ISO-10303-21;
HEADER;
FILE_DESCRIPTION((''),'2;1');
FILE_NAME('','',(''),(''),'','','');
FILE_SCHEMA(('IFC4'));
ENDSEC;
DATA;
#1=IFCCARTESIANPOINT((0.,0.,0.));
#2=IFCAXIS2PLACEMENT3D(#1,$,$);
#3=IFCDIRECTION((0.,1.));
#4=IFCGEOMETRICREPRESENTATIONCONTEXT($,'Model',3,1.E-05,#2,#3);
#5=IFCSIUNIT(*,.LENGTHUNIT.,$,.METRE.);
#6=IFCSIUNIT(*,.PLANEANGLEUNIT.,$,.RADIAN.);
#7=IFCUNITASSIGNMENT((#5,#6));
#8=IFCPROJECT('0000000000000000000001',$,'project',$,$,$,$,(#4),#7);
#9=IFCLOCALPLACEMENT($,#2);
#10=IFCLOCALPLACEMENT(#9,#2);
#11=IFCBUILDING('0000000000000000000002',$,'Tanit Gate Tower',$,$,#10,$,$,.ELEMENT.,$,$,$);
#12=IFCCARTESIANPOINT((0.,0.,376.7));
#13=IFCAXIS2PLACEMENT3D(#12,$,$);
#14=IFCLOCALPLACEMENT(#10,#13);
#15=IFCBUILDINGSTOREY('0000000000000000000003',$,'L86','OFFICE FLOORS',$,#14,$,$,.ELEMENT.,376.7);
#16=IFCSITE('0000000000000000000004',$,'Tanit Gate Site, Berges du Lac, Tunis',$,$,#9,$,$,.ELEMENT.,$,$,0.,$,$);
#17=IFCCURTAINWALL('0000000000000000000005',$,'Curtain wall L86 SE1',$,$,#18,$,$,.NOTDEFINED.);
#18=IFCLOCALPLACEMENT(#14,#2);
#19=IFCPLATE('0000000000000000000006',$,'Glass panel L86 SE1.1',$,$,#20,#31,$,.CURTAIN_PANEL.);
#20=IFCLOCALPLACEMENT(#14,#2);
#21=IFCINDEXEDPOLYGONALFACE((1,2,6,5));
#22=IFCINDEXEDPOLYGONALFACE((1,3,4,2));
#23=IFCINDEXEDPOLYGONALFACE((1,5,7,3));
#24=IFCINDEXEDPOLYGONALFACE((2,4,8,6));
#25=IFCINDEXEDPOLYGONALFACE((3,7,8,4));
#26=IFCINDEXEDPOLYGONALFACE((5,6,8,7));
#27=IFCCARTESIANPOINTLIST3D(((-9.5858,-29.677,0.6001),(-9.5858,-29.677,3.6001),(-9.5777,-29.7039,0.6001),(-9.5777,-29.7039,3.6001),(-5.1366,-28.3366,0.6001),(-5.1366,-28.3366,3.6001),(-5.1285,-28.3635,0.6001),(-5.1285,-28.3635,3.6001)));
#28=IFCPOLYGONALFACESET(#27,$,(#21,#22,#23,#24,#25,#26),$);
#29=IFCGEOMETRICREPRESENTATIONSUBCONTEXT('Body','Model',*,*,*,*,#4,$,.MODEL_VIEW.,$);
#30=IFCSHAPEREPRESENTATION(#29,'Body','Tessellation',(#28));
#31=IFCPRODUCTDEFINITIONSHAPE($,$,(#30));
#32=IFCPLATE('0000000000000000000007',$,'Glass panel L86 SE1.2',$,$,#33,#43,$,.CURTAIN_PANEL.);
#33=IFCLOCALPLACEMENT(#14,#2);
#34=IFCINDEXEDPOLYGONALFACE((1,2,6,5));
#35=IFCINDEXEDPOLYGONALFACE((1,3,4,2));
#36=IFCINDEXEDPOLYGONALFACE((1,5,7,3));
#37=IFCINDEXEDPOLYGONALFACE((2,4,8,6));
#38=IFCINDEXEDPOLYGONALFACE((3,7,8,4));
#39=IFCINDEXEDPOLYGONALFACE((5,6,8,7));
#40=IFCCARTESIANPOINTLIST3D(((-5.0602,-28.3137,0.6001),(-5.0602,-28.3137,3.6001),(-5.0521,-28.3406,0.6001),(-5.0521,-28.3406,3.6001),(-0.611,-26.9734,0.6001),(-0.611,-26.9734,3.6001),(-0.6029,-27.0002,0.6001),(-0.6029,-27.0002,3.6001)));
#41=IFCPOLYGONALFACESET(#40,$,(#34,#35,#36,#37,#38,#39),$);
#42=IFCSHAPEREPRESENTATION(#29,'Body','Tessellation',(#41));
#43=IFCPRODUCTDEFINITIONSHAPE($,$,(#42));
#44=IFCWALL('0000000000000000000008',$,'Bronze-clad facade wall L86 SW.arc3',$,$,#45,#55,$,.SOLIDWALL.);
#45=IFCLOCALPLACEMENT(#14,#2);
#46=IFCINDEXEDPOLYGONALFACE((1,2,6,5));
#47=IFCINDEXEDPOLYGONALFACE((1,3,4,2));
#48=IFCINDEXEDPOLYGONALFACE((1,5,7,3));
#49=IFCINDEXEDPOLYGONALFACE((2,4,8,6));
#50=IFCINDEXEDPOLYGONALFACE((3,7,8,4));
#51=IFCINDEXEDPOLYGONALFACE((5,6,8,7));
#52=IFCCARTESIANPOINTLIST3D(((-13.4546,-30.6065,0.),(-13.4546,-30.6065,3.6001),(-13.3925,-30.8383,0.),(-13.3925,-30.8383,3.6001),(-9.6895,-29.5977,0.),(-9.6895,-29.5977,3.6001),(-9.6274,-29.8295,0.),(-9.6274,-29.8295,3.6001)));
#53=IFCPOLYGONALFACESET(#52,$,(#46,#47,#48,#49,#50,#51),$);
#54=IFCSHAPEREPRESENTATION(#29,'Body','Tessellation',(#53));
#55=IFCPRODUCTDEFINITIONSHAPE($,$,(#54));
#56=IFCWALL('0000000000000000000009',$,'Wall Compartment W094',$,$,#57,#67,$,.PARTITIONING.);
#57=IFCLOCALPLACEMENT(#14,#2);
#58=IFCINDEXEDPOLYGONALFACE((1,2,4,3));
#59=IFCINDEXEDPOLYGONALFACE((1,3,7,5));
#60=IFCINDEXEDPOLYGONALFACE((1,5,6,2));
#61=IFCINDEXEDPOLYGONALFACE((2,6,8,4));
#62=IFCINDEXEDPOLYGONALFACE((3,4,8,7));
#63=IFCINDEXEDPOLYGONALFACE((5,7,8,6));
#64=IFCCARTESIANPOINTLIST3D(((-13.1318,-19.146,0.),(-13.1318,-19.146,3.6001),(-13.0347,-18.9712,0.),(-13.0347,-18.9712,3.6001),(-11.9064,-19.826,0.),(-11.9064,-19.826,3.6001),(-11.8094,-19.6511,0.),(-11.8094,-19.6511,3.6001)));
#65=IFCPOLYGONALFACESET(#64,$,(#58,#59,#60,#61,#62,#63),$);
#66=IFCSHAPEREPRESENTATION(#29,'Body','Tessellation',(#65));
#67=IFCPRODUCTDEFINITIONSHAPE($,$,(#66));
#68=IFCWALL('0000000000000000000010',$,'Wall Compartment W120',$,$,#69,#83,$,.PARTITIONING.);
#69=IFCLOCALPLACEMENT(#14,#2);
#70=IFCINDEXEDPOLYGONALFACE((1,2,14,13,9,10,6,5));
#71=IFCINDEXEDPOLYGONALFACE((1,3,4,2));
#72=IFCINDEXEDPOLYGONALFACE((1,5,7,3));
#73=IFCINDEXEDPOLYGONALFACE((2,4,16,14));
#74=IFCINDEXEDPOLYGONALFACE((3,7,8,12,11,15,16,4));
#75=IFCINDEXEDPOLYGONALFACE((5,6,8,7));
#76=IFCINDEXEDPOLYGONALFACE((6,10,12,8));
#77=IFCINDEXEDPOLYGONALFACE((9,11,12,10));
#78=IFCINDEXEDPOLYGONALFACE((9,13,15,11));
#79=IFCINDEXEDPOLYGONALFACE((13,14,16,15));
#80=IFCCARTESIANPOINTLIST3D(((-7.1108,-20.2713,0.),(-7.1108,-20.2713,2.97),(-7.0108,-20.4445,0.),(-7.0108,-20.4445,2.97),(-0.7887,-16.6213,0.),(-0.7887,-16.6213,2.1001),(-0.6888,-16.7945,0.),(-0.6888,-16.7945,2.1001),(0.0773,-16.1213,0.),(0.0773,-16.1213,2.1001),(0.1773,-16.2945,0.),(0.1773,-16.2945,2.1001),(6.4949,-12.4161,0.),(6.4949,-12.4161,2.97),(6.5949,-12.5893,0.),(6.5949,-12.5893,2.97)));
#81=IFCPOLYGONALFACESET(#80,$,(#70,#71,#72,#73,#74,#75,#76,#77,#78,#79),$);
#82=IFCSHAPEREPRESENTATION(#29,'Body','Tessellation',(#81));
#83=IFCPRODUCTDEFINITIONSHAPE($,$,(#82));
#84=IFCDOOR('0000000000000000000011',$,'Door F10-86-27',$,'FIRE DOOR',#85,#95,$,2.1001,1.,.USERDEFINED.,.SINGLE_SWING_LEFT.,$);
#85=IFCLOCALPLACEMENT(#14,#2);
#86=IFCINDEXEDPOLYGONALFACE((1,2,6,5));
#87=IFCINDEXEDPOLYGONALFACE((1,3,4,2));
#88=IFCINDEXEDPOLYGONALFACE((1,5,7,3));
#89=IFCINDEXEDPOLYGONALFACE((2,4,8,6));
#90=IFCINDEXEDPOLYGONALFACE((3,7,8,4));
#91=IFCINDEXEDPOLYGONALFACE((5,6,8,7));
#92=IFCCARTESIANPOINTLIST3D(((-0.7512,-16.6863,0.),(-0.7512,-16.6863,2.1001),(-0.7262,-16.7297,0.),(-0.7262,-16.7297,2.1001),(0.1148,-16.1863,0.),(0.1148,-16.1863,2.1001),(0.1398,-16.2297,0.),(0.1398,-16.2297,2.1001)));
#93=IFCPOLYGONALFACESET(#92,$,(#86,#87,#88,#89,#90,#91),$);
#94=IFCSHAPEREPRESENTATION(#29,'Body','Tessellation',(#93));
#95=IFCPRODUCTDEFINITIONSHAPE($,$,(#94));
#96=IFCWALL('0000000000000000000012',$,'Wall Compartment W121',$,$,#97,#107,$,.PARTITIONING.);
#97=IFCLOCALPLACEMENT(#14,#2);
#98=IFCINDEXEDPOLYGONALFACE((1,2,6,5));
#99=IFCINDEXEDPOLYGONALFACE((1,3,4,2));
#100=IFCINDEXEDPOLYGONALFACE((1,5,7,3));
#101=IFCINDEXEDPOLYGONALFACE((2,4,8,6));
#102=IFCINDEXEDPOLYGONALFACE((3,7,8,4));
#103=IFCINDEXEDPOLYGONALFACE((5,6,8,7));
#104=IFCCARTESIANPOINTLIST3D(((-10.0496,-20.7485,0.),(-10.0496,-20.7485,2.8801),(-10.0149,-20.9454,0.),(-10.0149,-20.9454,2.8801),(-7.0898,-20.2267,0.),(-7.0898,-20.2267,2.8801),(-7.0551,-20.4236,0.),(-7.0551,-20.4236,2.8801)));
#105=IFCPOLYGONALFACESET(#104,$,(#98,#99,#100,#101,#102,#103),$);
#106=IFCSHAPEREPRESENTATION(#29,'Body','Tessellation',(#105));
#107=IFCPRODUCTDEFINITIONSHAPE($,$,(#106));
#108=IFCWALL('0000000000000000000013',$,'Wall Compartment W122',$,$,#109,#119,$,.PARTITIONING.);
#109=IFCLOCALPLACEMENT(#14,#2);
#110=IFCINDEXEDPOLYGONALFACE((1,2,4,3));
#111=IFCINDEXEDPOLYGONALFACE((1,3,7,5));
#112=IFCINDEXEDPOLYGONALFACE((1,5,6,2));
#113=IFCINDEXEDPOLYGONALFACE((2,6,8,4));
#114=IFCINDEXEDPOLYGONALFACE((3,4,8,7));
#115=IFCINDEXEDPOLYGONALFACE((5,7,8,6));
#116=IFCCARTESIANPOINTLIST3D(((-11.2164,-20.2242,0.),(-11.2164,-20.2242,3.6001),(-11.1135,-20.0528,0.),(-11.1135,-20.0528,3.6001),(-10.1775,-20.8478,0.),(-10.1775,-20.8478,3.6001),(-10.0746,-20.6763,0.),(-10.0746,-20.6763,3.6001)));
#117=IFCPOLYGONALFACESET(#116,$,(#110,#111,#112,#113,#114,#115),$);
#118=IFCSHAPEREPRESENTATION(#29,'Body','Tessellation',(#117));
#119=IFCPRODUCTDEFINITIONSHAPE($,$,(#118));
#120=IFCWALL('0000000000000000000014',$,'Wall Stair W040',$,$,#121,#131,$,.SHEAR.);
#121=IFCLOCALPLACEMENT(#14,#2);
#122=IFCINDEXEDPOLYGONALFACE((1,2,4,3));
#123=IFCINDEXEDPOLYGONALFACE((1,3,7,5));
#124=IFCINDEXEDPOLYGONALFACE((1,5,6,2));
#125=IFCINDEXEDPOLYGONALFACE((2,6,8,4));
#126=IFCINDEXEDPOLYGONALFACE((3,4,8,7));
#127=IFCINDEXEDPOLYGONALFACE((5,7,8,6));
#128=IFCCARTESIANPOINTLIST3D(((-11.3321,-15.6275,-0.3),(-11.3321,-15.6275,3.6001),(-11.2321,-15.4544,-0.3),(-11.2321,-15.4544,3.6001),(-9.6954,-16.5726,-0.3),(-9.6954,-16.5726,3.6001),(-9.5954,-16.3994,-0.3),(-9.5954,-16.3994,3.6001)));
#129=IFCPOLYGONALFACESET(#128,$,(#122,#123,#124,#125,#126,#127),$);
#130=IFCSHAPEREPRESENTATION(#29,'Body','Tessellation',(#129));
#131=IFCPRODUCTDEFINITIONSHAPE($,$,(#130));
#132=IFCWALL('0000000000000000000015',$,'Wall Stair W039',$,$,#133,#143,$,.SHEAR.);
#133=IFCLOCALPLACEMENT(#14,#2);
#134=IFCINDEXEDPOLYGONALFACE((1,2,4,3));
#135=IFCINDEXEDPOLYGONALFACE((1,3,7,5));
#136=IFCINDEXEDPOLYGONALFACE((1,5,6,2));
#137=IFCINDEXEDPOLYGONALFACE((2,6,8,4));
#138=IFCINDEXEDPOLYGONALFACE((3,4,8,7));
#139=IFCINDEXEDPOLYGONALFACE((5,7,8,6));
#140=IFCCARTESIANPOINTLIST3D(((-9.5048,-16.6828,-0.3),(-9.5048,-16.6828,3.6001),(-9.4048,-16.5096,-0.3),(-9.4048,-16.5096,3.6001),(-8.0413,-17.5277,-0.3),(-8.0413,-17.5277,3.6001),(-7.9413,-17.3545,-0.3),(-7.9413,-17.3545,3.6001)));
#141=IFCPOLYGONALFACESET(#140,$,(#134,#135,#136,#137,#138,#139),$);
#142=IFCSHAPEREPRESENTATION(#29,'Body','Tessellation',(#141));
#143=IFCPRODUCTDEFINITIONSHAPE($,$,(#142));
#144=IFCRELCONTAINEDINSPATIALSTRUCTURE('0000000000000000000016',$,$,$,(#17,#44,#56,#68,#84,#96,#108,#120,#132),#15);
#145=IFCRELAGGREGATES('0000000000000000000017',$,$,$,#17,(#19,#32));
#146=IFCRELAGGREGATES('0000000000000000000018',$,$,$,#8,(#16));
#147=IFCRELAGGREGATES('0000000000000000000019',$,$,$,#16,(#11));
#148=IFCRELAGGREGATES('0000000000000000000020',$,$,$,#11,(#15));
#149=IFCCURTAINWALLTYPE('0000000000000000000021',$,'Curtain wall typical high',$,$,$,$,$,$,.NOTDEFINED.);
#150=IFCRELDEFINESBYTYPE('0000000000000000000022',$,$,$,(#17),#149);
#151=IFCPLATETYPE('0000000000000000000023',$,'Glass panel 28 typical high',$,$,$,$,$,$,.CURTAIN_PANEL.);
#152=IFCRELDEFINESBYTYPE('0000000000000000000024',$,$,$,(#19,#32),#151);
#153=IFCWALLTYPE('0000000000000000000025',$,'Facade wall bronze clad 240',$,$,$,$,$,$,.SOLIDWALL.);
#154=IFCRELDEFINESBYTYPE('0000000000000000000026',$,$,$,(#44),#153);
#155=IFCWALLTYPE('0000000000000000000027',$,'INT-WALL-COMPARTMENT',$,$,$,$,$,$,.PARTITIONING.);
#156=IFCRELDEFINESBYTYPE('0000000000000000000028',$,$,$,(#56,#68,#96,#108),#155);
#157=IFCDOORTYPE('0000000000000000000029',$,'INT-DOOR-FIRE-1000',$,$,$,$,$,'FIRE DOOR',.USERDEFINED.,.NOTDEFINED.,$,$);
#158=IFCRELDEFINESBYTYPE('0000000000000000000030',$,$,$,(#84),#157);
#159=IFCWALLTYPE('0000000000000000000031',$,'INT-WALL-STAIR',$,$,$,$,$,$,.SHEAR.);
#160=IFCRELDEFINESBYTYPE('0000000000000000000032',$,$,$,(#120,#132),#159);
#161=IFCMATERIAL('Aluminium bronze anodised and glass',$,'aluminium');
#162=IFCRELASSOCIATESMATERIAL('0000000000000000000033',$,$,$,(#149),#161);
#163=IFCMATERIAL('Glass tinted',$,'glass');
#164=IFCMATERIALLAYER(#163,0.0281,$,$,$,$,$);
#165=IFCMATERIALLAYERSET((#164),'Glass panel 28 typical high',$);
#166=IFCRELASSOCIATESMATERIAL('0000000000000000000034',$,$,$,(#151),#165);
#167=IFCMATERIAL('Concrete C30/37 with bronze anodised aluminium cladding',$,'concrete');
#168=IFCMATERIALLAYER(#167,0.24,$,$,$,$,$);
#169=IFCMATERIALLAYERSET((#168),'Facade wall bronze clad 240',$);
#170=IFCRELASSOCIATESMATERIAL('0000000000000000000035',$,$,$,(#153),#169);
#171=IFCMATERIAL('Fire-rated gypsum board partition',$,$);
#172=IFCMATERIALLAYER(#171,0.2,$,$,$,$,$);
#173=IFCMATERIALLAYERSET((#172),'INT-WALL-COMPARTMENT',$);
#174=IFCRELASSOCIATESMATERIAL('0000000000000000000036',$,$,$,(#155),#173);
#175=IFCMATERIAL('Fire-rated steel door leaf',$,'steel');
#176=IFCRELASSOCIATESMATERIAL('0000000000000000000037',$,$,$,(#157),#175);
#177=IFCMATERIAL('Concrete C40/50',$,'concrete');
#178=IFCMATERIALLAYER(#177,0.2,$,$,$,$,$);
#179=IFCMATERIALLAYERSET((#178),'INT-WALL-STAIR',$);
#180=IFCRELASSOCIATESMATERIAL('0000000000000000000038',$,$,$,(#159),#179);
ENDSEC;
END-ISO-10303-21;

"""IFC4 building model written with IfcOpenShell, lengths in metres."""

from ifc_helpers import new_model, si_unit, direction, frame, frame_2d, origin, origin_2d, place, context, subcontext, project, spatial, rectangle, extrude, material, layer, layer_set, type_object, element, fill, aggregate, save


model = new_model("IFC4")

# Units and contexts
model_context = context("Model", 3, precision=1e-05, world=origin(), true_north=direction((0.0, 1.0)))
body_context = subcontext(model_context, "Body", "Model", "MODEL_VIEW")
ifc_project = project(units=[si_unit("LENGTHUNIT", "METRE"), si_unit("PLANEANGLEUNIT", "RADIAN")], contexts=[model_context])

# Site, building, storey
site_placement = place(None, origin())
site = spatial("IfcSite", under=ifc_project, at=site_placement, Name="Tanit Gate Site, Berges du Lac, Tunis", CompositionType="ELEMENT", RefElevation=0.0)
building_placement = place(site_placement, origin())
building = spatial("IfcBuilding", under=site, at=building_placement, Name="Tanit Gate Tower", CompositionType="ELEMENT")
storey_placement = place(building_placement, frame((0.0, 0.0, 376.7)))
storey = spatial("IfcBuildingStorey", under=building, at=storey_placement, Name="L86", Description="OFFICE FLOORS", CompositionType="ELEMENT", Elevation=376.7)

# Curtain wall
ifc_material_1 = material(Name="Aluminium bronze anodised and glass", Category="aluminium")
curtain_wall_type = type_object("IfcCurtainWallType", Name="Curtain wall typical high", PredefinedType="NOTDEFINED", material=ifc_material_1)
curtain_wall_placement = place(storey_placement, origin())
curtain_wall = element("IfcCurtainWall", 1, at=curtain_wall_placement, inside=storey, type_object=curtain_wall_type, Name="Curtain wall L86 SE1", PredefinedType="NOTDEFINED")

# Plates
ifc_material_2 = material(Name="Glass tinted", Category="glass")
ifc_layer_1 = layer(ifc_material_2, 0.0281)
ifc_layer_set_1 = layer_set([ifc_layer_1], Name="Glass panel 28 typical high")
plate_type = type_object("IfcPlateType", Name="Glass panel 28 typical high", PredefinedType="CURTAIN_PANEL", material=ifc_layer_set_1)
plate_1_placement = place(storey_placement, frame((-7.3572, -29.0203, 0.6001), z_axis=(0.0, 0.0, 1.0), x_axis=(0.957493, 0.288456, 0.0)))
plate_1 = element("IfcPlate", 2, at=plate_1_placement, type_object=plate_type, Name="Glass panel L86 SE1.1", PredefinedType="CURTAIN_PANEL", context=body_context, shape_type="SweptSolid", body=[
    extrude(rectangle(XDim=4.6467, YDim=0.0281, at=origin_2d()), origin(), (0.0, 0.0, 1.0), 3.0),
])
plate_2_placement = place(storey_placement, frame((-2.8315, -27.657, 0.6001), z_axis=(0.0, 0.0, 1.0), x_axis=(0.957493, 0.288456, 0.0)))
plate_2 = element("IfcPlate", 3, at=plate_2_placement, type_object=plate_type, Name="Glass panel L86 SE1.2", PredefinedType="CURTAIN_PANEL", context=body_context, shape_type="SweptSolid", body=[
    extrude(rectangle(XDim=4.6467, YDim=0.0281, at=origin_2d()), origin(), (0.0, 0.0, 1.0), 3.0),
])
aggregate(curtain_wall, [plate_1, plate_2])

# Walls
ifc_material_3 = material(Name="Concrete C30/37 with bronze anodised aluminium cladding", Category="concrete")
ifc_layer_2 = layer(ifc_material_3, 0.24)
ifc_layer_set_2 = layer_set([ifc_layer_2], Name="Facade wall bronze clad 240")
wall_type_1 = type_object("IfcWallType", Name="Facade wall bronze clad 240", PredefinedType="SOLIDWALL", material=ifc_layer_set_2)
wall_1_placement = place(storey_placement, frame((-13.4236, -30.7224, 0.0), z_axis=(0.0, 0.0, 1.0), x_axis=(0.965931, 0.258801, 0.0)))
element("IfcWall", 4, at=wall_1_placement, inside=storey, type_object=wall_type_1, Name="Bronze-clad facade wall L86 SW.arc3", PredefinedType="SOLIDWALL", context=body_context, shape_type="SweptSolid", body=[
    extrude(rectangle(XDim=3.8979, YDim=0.24, at=frame_2d((1.949, 0.0))), origin(), (0.0, 0.0, 1.0), 3.6001),
])
ifc_material_4 = material(Name="Fire-rated gypsum board partition")
ifc_layer_3 = layer(ifc_material_4, 0.2)
ifc_layer_set_3 = layer_set([ifc_layer_3], Name="INT-WALL-COMPARTMENT")
wall_type_2 = type_object("IfcWallType", Name="INT-WALL-COMPARTMENT", PredefinedType="PARTITIONING", material=ifc_layer_set_3)
wall_2_placement = place(storey_placement, frame((-13.0833, -19.0586, 0.0), z_axis=(0.0, 0.0, 1.0), x_axis=(0.874404, -0.485199, 0.0)))
element("IfcWall", 5, at=wall_2_placement, inside=storey, type_object=wall_type_2, Name="Wall Compartment W094", PredefinedType="PARTITIONING", context=body_context, shape_type="SweptSolid", body=[
    extrude(rectangle(XDim=1.4014, YDim=0.2, at=frame_2d((0.7007, 0.0))), origin(), (0.0, 0.0, 1.0), 3.6001),
])

# Wall, opening, door
wall_3_placement = place(storey_placement, frame((-7.0608, -20.3579, 0.0), z_axis=(0.0, 0.0, 1.0), x_axis=(0.866026, 0.499998, 0.0)))
wall_3 = element("IfcWall", 6, at=wall_3_placement, inside=storey, type_object=wall_type_2, Name="Wall Compartment W120", PredefinedType="PARTITIONING", context=body_context, shape_type="SweptSolid", body=[
    extrude(rectangle(XDim=15.7104, YDim=0.2, at=frame_2d((7.8552, 0.0))), origin(), (0.0, 0.0, 1.0), 2.97),
])
opening_1_placement = place(wall_3_placement, frame((7.3, 0.0, 0.0)))
opening_1 = element("IfcOpeningElement", 7, at=opening_1_placement, cuts=wall_3, PredefinedType="OPENING", context=body_context, shape_type="SweptSolid", body=[
    extrude(rectangle(XDim=1.0, YDim=2.1001, at=frame_2d((0.5, 1.05))), frame((0.0, 0.1099, 0.0), z_axis=(0.0, -1.0, 0.0), x_axis=(1.0, 0.0, 0.0)), (0.0, 0.0, 1.0), 0.22),
])
ifc_material_5 = material(Name="Fire-rated steel door leaf", Category="steel")
door_type_1 = type_object("IfcDoorType", Name="INT-DOOR-FIRE-1000", ElementType="FIRE DOOR", OperationType="NOTDEFINED", PredefinedType="USERDEFINED", material=ifc_material_5)
door_1_placement = place(opening_1_placement, origin())
door_1 = element("IfcDoor", 8, at=door_1_placement, inside=storey, type_object=door_type_1, Name="Door F10-86-27", ObjectType="FIRE DOOR", OperationType="SINGLE_SWING_LEFT", OverallHeight=2.1001, OverallWidth=1.0, PredefinedType="USERDEFINED", context=body_context, shape_type="SweptSolid", body=[
    extrude(rectangle(XDim=1.0, YDim=2.1001, at=frame_2d((0.5, 1.05))), frame((0.0, 0.0249, 0.0), z_axis=(0.0, -1.0, 0.0), x_axis=(1.0, 0.0, 0.0)), (0.0, 0.0, 1.0), 0.05),
])
fill(opening_1, door_1)

# Walls
wall_4_placement = place(storey_placement, frame((-10.0322, -20.8469, 0.0), z_axis=(0.0, 0.0, 1.0), x_axis=(0.984816, 0.1736, 0.0)))
element("IfcWall", 9, at=wall_4_placement, inside=storey, type_object=wall_type_2, Name="Wall Compartment W121", PredefinedType="PARTITIONING", context=body_context, shape_type="SweptSolid", body=[
    extrude(rectangle(XDim=3.0054, YDim=0.2, at=frame_2d((1.5027, 0.0))), origin(), (0.0, 0.0, 1.0), 2.8801),
])
wall_5_placement = place(storey_placement, frame((-11.165, -20.1384, 0.0), z_axis=(0.0, 0.0, 1.0), x_axis=(0.857404, -0.514644, 0.0)))
element("IfcWall", 10, at=wall_5_placement, inside=storey, type_object=wall_type_2, Name="Wall Compartment W122", PredefinedType="PARTITIONING", context=body_context, shape_type="SweptSolid", body=[
    extrude(rectangle(XDim=1.2117, YDim=0.2, at=frame_2d((0.606, 0.0))), origin(), (0.0, 0.0, 1.0), 3.6001),
])
ifc_material_6 = material(Name="Concrete C40/50", Category="concrete")
ifc_layer_4 = layer(ifc_material_6, 0.2)
ifc_layer_set_4 = layer_set([ifc_layer_4], Name="INT-WALL-STAIR")
wall_type_3 = type_object("IfcWallType", Name="INT-WALL-STAIR", PredefinedType="SHEAR", material=ifc_layer_set_4)
wall_6_placement = place(storey_placement, frame((-11.282, -15.541, -0.3), z_axis=(0.0, 0.0, 1.0), x_axis=(0.866001, -0.500043, 0.0)))
element("IfcWall", 11, at=wall_6_placement, inside=storey, type_object=wall_type_3, Name="Wall Stair W040", PredefinedType="SHEAR", context=body_context, shape_type="SweptSolid", body=[
    extrude(rectangle(XDim=1.8899, YDim=0.2, at=frame_2d((0.9448, 0.0))), origin(), (0.0, 0.0, 1.0), 3.9001),
])
wall_7_placement = place(storey_placement, frame((-9.4548, -16.5962, -0.3), z_axis=(0.0, 0.0, 1.0), x_axis=(0.866039, -0.499977, 0.0)))
element("IfcWall", 12, at=wall_7_placement, inside=storey, type_object=wall_type_3, Name="Wall Stair W039", PredefinedType="SHEAR", context=body_context, shape_type="SweptSolid", body=[
    extrude(rectangle(XDim=1.6899, YDim=0.2, at=frame_2d((0.845, 0.0))), origin(), (0.0, 0.0, 1.0), 3.9001),
])

save(model, "model.ifc")
